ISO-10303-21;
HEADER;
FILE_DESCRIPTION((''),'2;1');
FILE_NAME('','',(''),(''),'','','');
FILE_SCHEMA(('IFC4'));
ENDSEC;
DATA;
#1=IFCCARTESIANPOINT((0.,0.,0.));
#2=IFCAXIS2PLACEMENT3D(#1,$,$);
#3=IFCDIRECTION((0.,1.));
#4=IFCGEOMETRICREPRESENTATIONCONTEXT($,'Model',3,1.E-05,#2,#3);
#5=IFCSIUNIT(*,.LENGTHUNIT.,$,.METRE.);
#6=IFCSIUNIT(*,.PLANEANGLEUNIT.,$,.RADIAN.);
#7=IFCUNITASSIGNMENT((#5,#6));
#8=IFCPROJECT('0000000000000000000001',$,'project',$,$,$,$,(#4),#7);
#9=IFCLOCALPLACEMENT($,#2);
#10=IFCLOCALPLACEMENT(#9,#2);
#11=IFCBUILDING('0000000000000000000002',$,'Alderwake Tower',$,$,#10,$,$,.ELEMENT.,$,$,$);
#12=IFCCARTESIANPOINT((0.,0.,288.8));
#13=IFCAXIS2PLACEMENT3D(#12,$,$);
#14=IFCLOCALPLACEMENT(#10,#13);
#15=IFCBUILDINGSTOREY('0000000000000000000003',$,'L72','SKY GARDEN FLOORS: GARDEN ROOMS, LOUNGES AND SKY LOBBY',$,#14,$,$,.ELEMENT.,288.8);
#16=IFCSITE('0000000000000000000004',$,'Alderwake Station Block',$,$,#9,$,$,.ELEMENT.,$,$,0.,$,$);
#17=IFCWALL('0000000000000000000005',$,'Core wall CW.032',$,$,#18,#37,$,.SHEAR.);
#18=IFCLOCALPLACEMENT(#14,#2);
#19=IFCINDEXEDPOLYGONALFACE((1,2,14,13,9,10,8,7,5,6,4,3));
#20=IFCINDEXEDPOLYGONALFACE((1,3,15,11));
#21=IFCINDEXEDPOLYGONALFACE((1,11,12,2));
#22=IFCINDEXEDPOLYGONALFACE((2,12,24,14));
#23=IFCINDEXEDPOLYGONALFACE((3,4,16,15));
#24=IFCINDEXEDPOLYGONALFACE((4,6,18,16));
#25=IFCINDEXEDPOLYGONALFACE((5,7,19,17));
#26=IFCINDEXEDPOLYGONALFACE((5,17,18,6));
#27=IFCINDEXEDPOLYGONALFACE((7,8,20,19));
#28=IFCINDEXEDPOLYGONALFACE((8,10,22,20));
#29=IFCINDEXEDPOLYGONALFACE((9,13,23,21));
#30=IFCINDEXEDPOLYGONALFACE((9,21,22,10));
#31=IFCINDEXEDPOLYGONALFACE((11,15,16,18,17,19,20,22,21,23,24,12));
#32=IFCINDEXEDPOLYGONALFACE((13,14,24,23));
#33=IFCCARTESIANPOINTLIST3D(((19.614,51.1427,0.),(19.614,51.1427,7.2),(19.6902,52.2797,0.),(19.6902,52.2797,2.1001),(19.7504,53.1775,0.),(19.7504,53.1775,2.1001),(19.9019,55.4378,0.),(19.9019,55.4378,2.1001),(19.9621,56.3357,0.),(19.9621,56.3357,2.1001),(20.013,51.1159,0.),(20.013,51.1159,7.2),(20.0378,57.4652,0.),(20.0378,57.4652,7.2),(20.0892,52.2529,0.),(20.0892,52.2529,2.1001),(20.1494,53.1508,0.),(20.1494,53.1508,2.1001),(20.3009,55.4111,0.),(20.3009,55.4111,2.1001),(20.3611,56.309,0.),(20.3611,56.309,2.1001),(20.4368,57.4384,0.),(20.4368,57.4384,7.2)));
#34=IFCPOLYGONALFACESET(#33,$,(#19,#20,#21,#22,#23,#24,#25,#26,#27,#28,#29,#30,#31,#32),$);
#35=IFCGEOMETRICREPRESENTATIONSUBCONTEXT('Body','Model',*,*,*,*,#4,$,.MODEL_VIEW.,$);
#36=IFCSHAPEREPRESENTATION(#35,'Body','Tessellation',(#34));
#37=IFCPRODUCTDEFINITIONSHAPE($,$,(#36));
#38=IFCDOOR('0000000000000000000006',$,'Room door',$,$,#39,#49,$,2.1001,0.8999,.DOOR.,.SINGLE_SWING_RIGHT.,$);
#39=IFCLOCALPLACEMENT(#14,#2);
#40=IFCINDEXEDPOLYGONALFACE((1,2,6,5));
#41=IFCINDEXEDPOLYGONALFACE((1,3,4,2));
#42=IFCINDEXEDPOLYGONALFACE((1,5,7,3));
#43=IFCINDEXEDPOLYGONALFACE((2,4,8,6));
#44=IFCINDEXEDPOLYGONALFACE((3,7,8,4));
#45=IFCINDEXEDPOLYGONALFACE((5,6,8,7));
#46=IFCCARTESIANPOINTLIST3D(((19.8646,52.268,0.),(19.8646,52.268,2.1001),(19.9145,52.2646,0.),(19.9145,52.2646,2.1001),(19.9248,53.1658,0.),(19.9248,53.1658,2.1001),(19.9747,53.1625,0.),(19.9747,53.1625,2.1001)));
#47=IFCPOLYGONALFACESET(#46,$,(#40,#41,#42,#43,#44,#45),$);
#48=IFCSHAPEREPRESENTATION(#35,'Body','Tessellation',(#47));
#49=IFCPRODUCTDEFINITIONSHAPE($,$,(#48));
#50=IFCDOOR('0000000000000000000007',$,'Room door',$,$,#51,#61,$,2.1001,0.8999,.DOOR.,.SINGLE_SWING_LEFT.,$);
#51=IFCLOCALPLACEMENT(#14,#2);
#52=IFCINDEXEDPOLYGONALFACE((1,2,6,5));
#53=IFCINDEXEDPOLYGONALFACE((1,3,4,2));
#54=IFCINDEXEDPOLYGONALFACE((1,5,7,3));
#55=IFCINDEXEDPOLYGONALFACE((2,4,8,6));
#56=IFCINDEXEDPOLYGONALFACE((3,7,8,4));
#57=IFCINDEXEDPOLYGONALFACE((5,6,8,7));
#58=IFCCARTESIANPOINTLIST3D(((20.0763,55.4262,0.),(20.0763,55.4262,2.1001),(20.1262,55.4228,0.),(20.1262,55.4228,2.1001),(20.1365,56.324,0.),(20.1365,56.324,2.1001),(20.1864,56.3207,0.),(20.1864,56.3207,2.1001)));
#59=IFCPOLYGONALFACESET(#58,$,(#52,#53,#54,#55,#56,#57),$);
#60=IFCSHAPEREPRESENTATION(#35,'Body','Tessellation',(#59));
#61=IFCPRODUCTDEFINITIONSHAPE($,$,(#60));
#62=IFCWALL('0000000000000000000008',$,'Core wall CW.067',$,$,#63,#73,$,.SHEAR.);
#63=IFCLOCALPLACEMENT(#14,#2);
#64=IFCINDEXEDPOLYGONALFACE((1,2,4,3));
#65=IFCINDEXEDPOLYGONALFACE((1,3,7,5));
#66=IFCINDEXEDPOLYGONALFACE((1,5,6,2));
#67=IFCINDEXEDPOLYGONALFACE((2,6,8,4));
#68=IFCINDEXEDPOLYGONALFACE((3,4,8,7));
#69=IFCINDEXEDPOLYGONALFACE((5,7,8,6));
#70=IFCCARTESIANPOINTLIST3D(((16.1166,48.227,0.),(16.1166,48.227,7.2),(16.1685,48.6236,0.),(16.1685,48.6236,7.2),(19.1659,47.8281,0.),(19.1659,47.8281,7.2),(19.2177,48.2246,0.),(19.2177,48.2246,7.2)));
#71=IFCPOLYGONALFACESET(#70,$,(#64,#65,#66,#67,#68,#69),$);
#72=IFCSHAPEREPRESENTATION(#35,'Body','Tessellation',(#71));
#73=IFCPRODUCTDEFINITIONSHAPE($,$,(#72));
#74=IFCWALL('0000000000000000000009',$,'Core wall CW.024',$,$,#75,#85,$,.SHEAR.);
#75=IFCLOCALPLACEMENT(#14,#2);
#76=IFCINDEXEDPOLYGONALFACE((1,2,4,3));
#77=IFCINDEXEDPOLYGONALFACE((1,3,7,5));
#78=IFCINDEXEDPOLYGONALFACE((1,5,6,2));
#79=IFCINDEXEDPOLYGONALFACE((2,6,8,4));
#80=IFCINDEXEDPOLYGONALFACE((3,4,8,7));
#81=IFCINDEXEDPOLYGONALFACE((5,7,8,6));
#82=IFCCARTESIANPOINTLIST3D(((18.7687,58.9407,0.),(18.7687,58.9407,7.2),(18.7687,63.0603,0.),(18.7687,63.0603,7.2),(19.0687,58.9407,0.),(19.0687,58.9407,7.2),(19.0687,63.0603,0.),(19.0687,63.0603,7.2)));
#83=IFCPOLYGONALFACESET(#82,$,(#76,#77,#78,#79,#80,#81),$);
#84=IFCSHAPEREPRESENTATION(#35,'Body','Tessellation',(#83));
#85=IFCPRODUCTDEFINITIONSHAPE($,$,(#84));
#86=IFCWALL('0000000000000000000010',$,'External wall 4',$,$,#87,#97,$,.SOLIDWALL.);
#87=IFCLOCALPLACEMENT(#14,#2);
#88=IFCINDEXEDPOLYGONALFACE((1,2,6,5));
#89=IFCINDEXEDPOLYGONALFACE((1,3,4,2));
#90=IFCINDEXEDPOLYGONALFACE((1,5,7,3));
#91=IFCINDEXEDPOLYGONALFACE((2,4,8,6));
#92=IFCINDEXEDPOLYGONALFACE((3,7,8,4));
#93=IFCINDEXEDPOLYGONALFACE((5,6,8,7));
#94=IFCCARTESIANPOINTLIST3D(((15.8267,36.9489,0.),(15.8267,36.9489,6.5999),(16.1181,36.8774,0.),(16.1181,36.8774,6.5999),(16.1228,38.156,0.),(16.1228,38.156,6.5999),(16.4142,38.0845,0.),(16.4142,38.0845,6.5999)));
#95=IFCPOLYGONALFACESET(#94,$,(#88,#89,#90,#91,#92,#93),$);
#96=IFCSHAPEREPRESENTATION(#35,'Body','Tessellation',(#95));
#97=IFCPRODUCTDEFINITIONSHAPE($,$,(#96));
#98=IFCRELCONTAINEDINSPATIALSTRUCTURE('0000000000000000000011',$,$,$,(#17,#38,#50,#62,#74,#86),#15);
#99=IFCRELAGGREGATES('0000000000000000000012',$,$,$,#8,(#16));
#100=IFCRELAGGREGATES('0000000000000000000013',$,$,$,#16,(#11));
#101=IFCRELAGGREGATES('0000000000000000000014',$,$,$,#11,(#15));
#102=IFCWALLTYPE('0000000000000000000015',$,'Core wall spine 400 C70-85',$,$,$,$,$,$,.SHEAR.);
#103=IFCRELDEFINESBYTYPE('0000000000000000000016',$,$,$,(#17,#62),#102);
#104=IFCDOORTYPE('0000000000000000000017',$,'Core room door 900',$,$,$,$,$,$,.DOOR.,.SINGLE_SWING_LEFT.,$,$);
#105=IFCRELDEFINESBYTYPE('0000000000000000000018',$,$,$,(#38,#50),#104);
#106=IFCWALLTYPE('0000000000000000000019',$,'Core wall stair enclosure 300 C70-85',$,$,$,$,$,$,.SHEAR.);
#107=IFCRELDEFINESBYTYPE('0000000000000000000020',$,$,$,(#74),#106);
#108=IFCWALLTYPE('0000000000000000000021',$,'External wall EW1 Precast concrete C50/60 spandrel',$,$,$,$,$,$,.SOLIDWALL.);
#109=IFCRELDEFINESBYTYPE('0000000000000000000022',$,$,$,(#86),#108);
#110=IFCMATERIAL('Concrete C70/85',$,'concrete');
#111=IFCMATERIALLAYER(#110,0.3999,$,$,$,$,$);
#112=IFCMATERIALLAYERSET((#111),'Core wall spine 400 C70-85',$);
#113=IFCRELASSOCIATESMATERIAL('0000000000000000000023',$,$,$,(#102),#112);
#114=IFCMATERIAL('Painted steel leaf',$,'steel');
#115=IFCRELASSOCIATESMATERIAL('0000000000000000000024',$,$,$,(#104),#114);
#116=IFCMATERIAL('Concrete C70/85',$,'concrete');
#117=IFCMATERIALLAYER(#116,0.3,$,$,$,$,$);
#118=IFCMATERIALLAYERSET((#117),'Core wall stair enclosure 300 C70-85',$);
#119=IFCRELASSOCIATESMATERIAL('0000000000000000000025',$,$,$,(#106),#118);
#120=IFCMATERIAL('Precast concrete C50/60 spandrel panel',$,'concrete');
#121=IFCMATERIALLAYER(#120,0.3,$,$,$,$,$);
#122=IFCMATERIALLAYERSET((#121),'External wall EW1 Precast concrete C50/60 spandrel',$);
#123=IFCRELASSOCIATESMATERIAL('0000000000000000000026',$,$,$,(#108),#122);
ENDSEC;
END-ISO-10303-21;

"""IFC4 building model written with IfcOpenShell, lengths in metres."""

from ifc_helpers import new_model, si_unit, direction, frame, frame_2d, origin, place, context, subcontext, project, spatial, rectangle, extrude, material, layer, layer_set, type_object, element, fill, save


model = new_model("IFC4")

# Units and contexts
model_context = context("Model", 3, precision=1e-05, world=origin(), true_north=direction((0.0, 1.0)))
body_context = subcontext(model_context, "Body", "Model", "MODEL_VIEW")
ifc_project = project(units=[si_unit("LENGTHUNIT", "METRE"), si_unit("PLANEANGLEUNIT", "RADIAN")], contexts=[model_context])

# Site, building, storey
site_placement = place(None, origin())
site = spatial("IfcSite", under=ifc_project, at=site_placement, Name="Alderwake Station Block", CompositionType="ELEMENT", RefElevation=0.0)
building_placement = place(site_placement, origin())
building = spatial("IfcBuilding", under=site, at=building_placement, Name="Alderwake Tower", CompositionType="ELEMENT")
storey_placement = place(building_placement, frame((0.0, 0.0, 288.8)))
storey = spatial("IfcBuildingStorey", under=building, at=storey_placement, Name="L72", Description="SKY GARDEN FLOORS: GARDEN ROOMS, LOUNGES AND SKY LOBBY", CompositionType="ELEMENT", Elevation=288.8)

# Shared definitions
ifc_material_1 = material(Name="Concrete C70/85", Category="concrete")
ifc_layer_1 = layer(ifc_material_1, 0.3999)
ifc_layer_set_1 = layer_set([ifc_layer_1], Name="Core wall spine 400 C70-85")
wall_type_1 = type_object("IfcWallType", Name="Core wall spine 400 C70-85", PredefinedType="SHEAR", material=ifc_layer_set_1)

# Wall, openings, doors
wall_1_placement = place(storey_placement, frame((20.2373, 57.4519, 0.0), z_axis=(0.0, 0.0, 1.0), x_axis=(-0.066885, -0.997761, 0.0)))
wall_1 = element("IfcWall", 1, at=wall_1_placement, inside=storey, type_object=wall_type_1, Name="Core wall CW.032", PredefinedType="SHEAR", context=body_context, shape_type="SweptSolid", body=[
    extrude(rectangle(XDim=6.3367, YDim=0.3999, at=frame_2d((3.1685, 0.0))), origin(), (0.0, 0.0, 1.0), 7.2),
])
opening_1_placement = place(wall_1_placement, frame((4.2974, 0.0, 0.0)))
opening_1 = element("IfcOpeningElement", 2, at=opening_1_placement, cuts=wall_1, PredefinedType="OPENING", context=body_context, shape_type="SweptSolid", body=[
    extrude(rectangle(XDim=0.8999, YDim=2.1001, at=frame_2d((0.45, 1.05))), frame((0.0, 0.21, 0.0), z_axis=(0.0, -1.0, 0.0), x_axis=(1.0, 0.0, 0.0)), (0.0, 0.0, 1.0), 0.4199),
])
opening_2_placement = place(wall_1_placement, frame((1.1321, 0.0, 0.0)))
opening_2 = element("IfcOpeningElement", 3, at=opening_2_placement, cuts=wall_1, PredefinedType="OPENING", context=body_context, shape_type="SweptSolid", body=[
    extrude(rectangle(XDim=0.8999, YDim=2.1001, at=frame_2d((0.45, 1.05))), frame((0.0, 0.21, 0.0), z_axis=(0.0, -1.0, 0.0), x_axis=(1.0, 0.0, 0.0)), (0.0, 0.0, 1.0), 0.4199),
])
ifc_material_2 = material(Name="Painted steel leaf", Category="steel")
door_type_1 = type_object("IfcDoorType", Name="Core room door 900", OperationType="SINGLE_SWING_LEFT", PredefinedType="DOOR", material=ifc_material_2)
door_1_placement = place(opening_1_placement, origin())
door_1 = element("IfcDoor", 4, at=door_1_placement, inside=storey, type_object=door_type_1, Name="Room door", OperationType="SINGLE_SWING_RIGHT", OverallHeight=2.1001, OverallWidth=0.8999, PredefinedType="DOOR", context=body_context, shape_type="SweptSolid", body=[
    extrude(rectangle(XDim=0.8999, YDim=2.1001, at=frame_2d((0.45, 1.05))), frame((0.0, 0.0249, 0.0), z_axis=(0.0, -1.0, 0.0), x_axis=(1.0, 0.0, 0.0)), (0.0, 0.0, 1.0), 0.05),
])
fill(opening_1, door_1)
door_2_placement = place(opening_2_placement, origin())
door_2 = element("IfcDoor", 5, at=door_2_placement, inside=storey, type_object=door_type_1, Name="Room door", OperationType="SINGLE_SWING_LEFT", OverallHeight=2.1001, OverallWidth=0.8999, PredefinedType="DOOR", context=body_context, shape_type="SweptSolid", body=[
    extrude(rectangle(XDim=0.8999, YDim=2.1001, at=frame_2d((0.45, 1.05))), frame((0.0, 0.0249, 0.0), z_axis=(0.0, -1.0, 0.0), x_axis=(1.0, 0.0, 0.0)), (0.0, 0.0, 1.0), 0.05),
])
fill(opening_2, door_2)

# Walls
wall_2_placement = place(storey_placement, frame((16.1426, 48.4253, 0.0), z_axis=(0.0, 0.0, 1.0), x_axis=(0.991551, -0.129719, 0.0)))
element("IfcWall", 6, at=wall_2_placement, inside=storey, type_object=wall_type_1, Name="Core wall CW.067", PredefinedType="SHEAR", context=body_context, shape_type="SweptSolid", body=[
    extrude(rectangle(XDim=3.0752, YDim=0.3999, at=frame_2d((1.5376, 0.0))), origin(), (0.0, 0.0, 1.0), 7.2),
])
ifc_material_3 = material(Name="Concrete C70/85", Category="concrete")
ifc_layer_2 = layer(ifc_material_3, 0.3)
ifc_layer_set_2 = layer_set([ifc_layer_2], Name="Core wall stair enclosure 300 C70-85")
wall_type_2 = type_object("IfcWallType", Name="Core wall stair enclosure 300 C70-85", PredefinedType="SHEAR", material=ifc_layer_set_2)
wall_3_placement = place(storey_placement, frame((18.9187, 58.9407, 0.0), z_axis=(0.0, 0.0, 1.0), x_axis=(0.0, 1.0, 0.0)))
element("IfcWall", 7, at=wall_3_placement, inside=storey, type_object=wall_type_2, Name="Core wall CW.024", PredefinedType="SHEAR", context=body_context, shape_type="SweptSolid", body=[
    extrude(rectangle(XDim=4.1196, YDim=0.3, at=frame_2d((2.0598, 0.0))), origin(), (0.0, 0.0, 1.0), 7.2),
])

# Shared definitions
ifc_material_4 = material(Name="Precast concrete C50/60 spandrel panel", Category="concrete")
ifc_layer_3 = layer(ifc_material_4, 0.3)
ifc_layer_set_3 = layer_set([ifc_layer_3], Name="External wall EW1 Precast concrete C50/60 spandrel")
wall_type_3 = type_object("IfcWallType", Name="External wall EW1 Precast concrete C50/60 spandrel", PredefinedType="SOLIDWALL", material=ifc_layer_set_3)

# Wall
wall_4_placement = place(storey_placement, frame((16.2686, 38.1204, 0.0), z_axis=(0.0, 0.0, 1.0), x_axis=(-0.238281, -0.971196, 0.0)))
element("IfcWall", 8, at=wall_4_placement, inside=storey, type_object=wall_type_3, Name="External wall 4", PredefinedType="SOLIDWALL", context=body_context, shape_type="SweptSolid", body=[
    extrude(rectangle(XDim=1.2429, YDim=0.3, at=frame_2d((0.6216, 0.0))), origin(), (0.0, 0.0, 1.0), 6.5999),
])

save(model, "model.ifc")
